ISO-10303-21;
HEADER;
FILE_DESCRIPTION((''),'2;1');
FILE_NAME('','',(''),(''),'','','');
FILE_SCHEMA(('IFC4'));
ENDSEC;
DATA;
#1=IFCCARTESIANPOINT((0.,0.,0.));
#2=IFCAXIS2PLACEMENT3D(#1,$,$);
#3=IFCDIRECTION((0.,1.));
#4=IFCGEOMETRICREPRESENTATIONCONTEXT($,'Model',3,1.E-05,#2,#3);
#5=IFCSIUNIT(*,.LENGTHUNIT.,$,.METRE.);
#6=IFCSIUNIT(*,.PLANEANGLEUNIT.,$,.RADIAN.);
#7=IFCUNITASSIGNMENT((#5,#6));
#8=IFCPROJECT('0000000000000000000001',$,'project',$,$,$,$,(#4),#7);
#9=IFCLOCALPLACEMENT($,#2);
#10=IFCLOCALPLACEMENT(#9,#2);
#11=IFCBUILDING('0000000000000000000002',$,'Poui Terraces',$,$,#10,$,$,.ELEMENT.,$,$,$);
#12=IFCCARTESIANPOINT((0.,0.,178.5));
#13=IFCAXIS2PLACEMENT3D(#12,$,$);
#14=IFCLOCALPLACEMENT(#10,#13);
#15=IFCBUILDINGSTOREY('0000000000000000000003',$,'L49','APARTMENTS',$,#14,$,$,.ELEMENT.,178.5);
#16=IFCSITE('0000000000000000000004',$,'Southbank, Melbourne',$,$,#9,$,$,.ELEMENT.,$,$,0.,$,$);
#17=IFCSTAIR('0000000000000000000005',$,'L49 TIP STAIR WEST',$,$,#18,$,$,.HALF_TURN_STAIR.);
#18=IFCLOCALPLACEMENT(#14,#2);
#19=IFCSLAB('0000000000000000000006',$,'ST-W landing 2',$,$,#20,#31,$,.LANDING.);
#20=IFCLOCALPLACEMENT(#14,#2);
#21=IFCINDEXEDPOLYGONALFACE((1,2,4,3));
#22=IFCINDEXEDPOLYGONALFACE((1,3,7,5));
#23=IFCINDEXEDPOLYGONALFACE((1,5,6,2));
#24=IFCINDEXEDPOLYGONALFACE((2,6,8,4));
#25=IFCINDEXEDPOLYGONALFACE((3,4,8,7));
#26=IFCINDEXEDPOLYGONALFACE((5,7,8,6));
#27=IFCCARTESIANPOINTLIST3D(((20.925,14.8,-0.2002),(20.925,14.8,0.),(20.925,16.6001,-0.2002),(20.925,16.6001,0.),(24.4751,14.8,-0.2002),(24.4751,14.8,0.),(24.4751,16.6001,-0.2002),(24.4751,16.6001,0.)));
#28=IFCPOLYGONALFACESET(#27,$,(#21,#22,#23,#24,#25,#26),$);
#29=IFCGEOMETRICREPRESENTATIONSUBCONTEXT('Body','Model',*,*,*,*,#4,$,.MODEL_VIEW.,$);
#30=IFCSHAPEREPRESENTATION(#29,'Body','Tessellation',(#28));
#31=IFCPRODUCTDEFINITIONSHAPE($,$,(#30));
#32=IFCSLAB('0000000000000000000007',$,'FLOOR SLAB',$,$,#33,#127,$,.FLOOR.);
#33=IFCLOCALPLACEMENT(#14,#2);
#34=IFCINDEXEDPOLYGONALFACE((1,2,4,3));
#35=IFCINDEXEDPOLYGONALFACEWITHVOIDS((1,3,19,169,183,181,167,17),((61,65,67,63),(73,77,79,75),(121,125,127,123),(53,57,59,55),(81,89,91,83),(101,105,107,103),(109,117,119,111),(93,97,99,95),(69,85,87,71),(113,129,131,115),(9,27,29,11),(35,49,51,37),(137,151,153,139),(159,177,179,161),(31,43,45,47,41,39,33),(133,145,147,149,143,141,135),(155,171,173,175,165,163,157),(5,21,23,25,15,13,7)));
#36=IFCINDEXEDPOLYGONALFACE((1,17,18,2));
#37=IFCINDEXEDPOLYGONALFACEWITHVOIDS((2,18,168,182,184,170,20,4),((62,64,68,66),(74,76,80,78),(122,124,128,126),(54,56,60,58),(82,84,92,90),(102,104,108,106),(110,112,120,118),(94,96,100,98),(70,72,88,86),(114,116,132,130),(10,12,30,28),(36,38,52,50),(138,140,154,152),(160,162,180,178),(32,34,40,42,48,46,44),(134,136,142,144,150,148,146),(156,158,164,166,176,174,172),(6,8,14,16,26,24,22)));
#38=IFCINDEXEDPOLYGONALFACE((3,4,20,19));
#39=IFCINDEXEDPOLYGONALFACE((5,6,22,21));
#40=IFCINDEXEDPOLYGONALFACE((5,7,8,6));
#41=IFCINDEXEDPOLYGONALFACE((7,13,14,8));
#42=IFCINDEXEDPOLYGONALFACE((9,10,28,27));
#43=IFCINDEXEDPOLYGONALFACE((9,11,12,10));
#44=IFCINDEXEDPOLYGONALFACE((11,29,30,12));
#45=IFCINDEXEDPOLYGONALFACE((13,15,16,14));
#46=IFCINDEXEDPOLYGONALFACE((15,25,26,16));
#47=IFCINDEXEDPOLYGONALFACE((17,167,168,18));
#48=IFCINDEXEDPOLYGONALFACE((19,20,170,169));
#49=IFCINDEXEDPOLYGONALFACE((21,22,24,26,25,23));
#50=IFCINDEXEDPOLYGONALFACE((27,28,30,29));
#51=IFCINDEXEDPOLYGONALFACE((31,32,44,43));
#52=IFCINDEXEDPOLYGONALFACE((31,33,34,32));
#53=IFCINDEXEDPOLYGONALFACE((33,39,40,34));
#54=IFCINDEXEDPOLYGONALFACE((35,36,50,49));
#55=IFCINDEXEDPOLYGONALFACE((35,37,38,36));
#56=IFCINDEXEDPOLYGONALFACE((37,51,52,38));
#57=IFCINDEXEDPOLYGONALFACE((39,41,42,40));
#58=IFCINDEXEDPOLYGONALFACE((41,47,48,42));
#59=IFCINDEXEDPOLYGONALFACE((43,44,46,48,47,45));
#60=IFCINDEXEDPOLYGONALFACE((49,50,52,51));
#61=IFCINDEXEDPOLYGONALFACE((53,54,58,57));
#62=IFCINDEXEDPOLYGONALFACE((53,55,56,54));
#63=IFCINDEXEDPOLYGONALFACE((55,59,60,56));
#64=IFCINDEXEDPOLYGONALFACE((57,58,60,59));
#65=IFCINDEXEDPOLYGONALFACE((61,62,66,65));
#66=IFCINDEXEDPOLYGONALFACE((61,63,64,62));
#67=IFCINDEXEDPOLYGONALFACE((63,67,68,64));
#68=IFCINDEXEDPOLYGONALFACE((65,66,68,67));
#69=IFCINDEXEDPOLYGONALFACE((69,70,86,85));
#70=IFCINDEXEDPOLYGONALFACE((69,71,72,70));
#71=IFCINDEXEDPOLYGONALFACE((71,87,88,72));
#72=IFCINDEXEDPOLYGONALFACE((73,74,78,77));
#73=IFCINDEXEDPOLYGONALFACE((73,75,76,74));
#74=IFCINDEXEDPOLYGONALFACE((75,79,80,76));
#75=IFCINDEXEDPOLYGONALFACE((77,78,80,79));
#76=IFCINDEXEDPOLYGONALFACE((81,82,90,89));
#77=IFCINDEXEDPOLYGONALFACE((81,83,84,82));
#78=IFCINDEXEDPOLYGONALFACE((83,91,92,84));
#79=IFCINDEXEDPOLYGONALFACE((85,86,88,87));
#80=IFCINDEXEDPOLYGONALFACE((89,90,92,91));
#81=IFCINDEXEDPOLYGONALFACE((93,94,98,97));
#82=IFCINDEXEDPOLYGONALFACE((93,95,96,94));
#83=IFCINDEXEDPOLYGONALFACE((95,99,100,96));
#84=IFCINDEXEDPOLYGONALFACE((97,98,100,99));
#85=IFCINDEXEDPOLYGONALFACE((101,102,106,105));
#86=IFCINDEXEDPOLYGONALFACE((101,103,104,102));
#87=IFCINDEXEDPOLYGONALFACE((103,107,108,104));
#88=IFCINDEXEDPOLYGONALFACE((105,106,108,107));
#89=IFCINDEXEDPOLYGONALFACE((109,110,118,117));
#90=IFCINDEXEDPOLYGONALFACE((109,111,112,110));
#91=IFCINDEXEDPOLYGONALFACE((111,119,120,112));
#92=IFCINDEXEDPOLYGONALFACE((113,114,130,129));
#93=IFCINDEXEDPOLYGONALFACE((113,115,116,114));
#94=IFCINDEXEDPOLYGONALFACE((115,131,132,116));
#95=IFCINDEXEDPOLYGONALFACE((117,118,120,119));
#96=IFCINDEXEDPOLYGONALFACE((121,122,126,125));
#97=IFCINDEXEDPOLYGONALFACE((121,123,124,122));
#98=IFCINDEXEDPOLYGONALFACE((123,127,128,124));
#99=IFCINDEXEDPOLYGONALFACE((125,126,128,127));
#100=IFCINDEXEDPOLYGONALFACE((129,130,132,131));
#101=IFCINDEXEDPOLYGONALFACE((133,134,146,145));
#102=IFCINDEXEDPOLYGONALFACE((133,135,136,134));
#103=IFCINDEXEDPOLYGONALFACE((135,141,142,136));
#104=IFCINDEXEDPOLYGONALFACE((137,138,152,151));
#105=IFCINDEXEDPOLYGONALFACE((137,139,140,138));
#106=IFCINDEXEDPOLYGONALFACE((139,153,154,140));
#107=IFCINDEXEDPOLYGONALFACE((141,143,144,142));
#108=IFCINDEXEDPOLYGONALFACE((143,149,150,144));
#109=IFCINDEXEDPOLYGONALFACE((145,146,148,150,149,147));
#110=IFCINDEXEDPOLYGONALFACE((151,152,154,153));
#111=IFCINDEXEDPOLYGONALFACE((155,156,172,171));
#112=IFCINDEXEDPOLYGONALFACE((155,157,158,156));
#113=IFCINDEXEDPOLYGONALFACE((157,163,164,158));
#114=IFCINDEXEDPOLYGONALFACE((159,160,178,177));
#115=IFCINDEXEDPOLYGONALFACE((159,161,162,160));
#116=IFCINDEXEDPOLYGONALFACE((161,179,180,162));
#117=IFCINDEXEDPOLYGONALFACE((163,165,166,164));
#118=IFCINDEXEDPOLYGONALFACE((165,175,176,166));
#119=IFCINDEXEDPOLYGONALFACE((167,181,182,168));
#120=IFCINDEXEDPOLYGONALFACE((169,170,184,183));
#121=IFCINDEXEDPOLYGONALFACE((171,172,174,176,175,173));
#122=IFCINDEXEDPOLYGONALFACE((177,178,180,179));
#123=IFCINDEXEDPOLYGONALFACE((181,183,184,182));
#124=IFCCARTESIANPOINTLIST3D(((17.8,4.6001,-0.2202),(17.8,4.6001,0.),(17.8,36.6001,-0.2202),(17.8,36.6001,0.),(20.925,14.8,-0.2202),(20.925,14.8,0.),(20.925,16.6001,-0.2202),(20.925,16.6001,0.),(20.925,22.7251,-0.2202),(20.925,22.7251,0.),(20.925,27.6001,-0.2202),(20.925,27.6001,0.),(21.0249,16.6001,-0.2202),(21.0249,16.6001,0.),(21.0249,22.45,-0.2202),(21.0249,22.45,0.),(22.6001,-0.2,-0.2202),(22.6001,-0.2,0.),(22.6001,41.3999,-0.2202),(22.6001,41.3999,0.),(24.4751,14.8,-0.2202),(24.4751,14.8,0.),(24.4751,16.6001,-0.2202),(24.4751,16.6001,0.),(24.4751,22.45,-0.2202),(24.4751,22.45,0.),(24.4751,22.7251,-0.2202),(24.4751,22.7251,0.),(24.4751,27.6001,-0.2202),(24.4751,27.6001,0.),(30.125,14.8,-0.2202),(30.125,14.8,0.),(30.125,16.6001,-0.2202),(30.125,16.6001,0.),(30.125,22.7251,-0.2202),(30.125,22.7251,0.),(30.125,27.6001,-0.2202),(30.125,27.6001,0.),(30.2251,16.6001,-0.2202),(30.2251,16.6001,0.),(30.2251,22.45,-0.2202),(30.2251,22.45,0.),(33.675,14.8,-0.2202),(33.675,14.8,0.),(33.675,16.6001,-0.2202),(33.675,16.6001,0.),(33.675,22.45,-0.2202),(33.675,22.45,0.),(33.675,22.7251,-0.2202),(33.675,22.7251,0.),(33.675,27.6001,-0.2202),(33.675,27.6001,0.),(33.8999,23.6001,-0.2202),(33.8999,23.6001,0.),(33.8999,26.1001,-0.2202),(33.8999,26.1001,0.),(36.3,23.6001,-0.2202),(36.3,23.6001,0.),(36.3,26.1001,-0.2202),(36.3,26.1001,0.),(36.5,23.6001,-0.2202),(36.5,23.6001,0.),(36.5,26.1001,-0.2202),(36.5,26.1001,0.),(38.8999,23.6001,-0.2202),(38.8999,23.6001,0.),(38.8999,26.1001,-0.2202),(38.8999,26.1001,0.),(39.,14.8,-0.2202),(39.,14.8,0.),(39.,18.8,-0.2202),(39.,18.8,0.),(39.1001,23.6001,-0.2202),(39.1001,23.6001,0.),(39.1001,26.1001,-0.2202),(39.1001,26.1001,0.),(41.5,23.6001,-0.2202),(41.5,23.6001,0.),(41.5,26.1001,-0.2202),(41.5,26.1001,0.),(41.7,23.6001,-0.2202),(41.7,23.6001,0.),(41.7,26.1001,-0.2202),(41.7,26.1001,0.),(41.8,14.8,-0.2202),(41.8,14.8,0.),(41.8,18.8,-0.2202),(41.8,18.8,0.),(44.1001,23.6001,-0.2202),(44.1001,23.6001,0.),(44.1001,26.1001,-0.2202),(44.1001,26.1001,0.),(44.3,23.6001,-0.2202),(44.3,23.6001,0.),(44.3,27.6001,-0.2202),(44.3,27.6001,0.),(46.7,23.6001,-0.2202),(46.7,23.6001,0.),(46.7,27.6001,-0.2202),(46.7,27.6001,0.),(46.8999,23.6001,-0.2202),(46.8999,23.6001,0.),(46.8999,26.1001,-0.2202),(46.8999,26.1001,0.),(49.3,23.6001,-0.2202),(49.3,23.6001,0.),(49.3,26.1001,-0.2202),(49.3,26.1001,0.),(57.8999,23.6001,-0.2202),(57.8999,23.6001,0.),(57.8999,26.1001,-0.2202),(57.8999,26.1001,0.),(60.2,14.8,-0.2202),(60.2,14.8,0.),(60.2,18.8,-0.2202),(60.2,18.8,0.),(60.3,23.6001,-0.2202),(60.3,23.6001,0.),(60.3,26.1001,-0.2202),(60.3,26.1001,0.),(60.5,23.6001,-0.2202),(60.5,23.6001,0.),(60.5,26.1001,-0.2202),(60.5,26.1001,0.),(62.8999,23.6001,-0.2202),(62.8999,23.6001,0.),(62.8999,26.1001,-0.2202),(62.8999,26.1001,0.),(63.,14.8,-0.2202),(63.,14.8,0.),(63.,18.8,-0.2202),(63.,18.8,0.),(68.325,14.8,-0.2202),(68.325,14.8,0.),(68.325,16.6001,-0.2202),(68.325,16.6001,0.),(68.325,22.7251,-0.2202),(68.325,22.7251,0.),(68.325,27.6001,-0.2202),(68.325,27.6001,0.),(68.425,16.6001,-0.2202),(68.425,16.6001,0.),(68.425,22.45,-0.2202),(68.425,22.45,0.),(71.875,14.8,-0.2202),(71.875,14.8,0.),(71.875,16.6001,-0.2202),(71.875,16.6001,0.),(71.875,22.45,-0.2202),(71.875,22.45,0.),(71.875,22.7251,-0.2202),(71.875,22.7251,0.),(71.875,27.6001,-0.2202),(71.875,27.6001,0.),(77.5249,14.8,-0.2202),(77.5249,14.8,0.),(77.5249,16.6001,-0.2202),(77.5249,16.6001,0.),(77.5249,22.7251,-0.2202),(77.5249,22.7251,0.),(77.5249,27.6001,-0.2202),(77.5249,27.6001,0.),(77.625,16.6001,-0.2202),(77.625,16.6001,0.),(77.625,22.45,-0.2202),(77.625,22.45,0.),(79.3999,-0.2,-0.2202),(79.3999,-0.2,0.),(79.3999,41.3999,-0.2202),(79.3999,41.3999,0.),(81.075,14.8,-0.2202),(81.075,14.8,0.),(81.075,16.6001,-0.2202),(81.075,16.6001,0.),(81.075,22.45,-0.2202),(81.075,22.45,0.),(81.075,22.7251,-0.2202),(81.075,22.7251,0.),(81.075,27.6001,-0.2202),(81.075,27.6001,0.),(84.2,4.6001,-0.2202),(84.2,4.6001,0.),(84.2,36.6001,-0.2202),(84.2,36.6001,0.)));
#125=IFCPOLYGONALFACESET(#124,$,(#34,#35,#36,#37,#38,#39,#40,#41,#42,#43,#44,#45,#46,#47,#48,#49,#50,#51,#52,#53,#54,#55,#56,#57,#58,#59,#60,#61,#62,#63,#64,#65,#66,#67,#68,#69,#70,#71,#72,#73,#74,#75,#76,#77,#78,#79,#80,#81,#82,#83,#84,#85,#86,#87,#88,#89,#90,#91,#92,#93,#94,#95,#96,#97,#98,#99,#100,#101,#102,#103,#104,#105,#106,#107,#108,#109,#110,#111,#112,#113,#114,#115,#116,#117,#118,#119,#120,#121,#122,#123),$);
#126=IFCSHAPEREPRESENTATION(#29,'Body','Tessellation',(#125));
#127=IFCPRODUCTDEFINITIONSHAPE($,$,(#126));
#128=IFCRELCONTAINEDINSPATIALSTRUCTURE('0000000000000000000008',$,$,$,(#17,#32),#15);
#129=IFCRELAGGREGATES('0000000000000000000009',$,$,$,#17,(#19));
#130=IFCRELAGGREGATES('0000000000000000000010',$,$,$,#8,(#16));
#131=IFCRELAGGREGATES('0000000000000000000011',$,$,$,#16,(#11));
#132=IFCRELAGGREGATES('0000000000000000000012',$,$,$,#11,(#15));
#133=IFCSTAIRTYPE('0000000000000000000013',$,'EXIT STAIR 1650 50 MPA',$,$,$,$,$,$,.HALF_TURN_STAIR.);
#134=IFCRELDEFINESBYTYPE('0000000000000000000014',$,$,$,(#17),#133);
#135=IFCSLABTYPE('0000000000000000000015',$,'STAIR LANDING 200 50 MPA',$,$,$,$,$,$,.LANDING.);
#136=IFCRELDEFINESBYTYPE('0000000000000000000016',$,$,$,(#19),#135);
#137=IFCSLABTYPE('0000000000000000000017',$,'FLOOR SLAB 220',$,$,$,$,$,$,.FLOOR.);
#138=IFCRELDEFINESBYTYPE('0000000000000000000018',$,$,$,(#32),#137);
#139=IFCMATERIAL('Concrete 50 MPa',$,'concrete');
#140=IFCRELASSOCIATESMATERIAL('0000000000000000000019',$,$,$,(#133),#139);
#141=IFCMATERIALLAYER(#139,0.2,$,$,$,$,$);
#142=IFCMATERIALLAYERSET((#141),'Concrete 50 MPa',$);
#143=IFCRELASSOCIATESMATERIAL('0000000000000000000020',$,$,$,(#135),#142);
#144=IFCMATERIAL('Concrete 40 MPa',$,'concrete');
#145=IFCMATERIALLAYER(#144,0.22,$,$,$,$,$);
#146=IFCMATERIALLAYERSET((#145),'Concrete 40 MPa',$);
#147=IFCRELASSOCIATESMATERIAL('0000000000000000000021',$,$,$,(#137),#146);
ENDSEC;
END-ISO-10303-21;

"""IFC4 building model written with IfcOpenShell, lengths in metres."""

from ifc_helpers import new_model, si_unit, direction, frame, origin, place, context, subcontext, project, spatial, polyline, outline, extrude, source, transform, mapped, material, layer, layer_set, type_object, element, aggregate, save


model = new_model("IFC4")

# Units and contexts
model_context = context("Model", 3, precision=1e-05, world=origin(), true_north=direction((0.0, 1.0)))
body_context = subcontext(model_context, "Body", "Model", "MODEL_VIEW")
ifc_project = project(units=[si_unit("LENGTHUNIT", "METRE"), si_unit("PLANEANGLEUNIT", "RADIAN")], contexts=[model_context])

# Site, building, storey
site_placement = place(None, origin())
site = spatial("IfcSite", under=ifc_project, at=site_placement, Name="Southbank, Melbourne", CompositionType="ELEMENT", RefElevation=0.0)
building_placement = place(site_placement, origin())
building = spatial("IfcBuilding", under=site, at=building_placement, Name="Poui Terraces", CompositionType="ELEMENT")
storey_placement = place(building_placement, frame((0.0, 0.0, 178.5)))
storey = spatial("IfcBuildingStorey", under=building, at=storey_placement, Name="L49", Description="APARTMENTS", CompositionType="ELEMENT", Elevation=178.5)

# Stair, slab
ifc_material_1 = material(Name="Concrete 50 MPa", Category="concrete")
stair_type = type_object("IfcStairType", Name="EXIT STAIR 1650 50 MPA", PredefinedType="HALF_TURN_STAIR", material=ifc_material_1)
stair_placement = place(storey_placement, origin())
stair = element("IfcStair", 1, at=stair_placement, inside=storey, type_object=stair_type, Name="L49 TIP STAIR WEST", PredefinedType="HALF_TURN_STAIR")
ifc_layer_1 = layer(ifc_material_1, 0.2)
ifc_layer_set_1 = layer_set([ifc_layer_1], Name="Concrete 50 MPa")
slab_type_1 = type_object("IfcSlabType", Name="STAIR LANDING 200 50 MPA", PredefinedType="LANDING", material=ifc_layer_set_1)
slab_1_placement = place(storey_placement, frame((0.0, 0.0, -0.2002)))
slab_1 = element("IfcSlab", 2, at=slab_1_placement, type_object=slab_type_1, Name="ST-W landing 2", PredefinedType="LANDING", context=body_context, shape_type="SweptSolid", body=[
    extrude(outline(polyline([(20.925, 14.8), (24.4751, 14.8), (24.4751, 16.6001), (20.925, 16.6001), (20.925, 14.8)])), origin(), (0.0, 0.0, 1.0), 0.2002),
])
aggregate(stair, [slab_1])

# Slab
ifc_material_2 = material(Name="Concrete 40 MPa", Category="concrete")
ifc_layer_2 = layer(ifc_material_2, 0.22)
ifc_layer_set_2 = layer_set([ifc_layer_2], Name="Concrete 40 MPa")
slab_type_2 = type_object("IfcSlabType", Name="FLOOR SLAB 220", PredefinedType="FLOOR", material=ifc_layer_set_2)
shared_shape = source(origin(), body_context, "Body", "SweptSolid", [
    extrude(outline(polyline([(0.0, 0.0), (4.8, -4.8), (61.5999, -4.8), (66.3999, 0.0), (66.3999, 32.0), (61.5999, 36.7998), (4.8, 36.7998), (0.0, 32.0), (0.0, 0.0)]), holes=[polyline([(21.2, 10.2), (21.2, 14.2), (24.0, 14.2), (24.0, 10.2), (21.2, 10.2)]), polyline([(3.2249, 17.8499), (6.675, 17.8499), (6.675, 12.0), (6.675, 10.2), (3.125, 10.2), (3.125, 12.0), (3.2249, 12.0), (3.2249, 17.8499)]), polyline([(12.425, 17.8499), (15.875, 17.8499), (15.875, 12.0), (15.875, 10.2), (12.325, 10.2), (12.325, 12.0), (12.425, 12.0), (12.425, 17.8499)]), polyline([(16.0999, 19.0), (16.0999, 21.5), (18.5, 21.5), (18.5, 19.0), (16.0999, 19.0)]), polyline([(18.7, 19.0), (18.7, 21.5), (21.0999, 21.5), (21.0999, 19.0), (18.7, 19.0)]), polyline([(21.3, 19.0), (21.3, 21.5), (23.7, 21.5), (23.7, 19.0), (21.3, 19.0)]), polyline([(23.8999, 19.0), (23.8999, 21.5), (26.3, 21.5), (26.3, 19.0), (23.8999, 19.0)]), polyline([(3.125, 23.0), (6.675, 23.0), (6.675, 18.125), (3.125, 18.125), (3.125, 23.0)]), polyline([(12.325, 23.0), (15.875, 23.0), (15.875, 18.125), (12.325, 18.125), (12.325, 23.0)]), polyline([(42.3999, 10.2), (42.3999, 14.2), (45.2, 14.2), (45.2, 10.2), (42.3999, 10.2)]), polyline([(50.625, 17.8499), (54.075, 17.8499), (54.075, 12.0), (54.075, 10.2), (50.5249, 10.2), (50.5249, 12.0), (50.625, 12.0), (50.625, 17.8499)]), polyline([(59.825, 17.8499), (63.2749, 17.8499), (63.2749, 12.0), (63.2749, 10.2), (59.7249, 10.2), (59.7249, 12.0), (59.825, 12.0), (59.825, 17.8499)]), polyline([(29.0999, 19.0), (29.0999, 21.5), (31.5, 21.5), (31.5, 19.0), (29.0999, 19.0)]), polyline([(40.0999, 19.0), (40.0999, 21.5), (42.5, 21.5), (42.5, 19.0), (40.0999, 19.0)]), polyline([(42.7, 19.0), (42.7, 21.5), (45.0999, 21.5), (45.0999, 19.0), (42.7, 19.0)]), polyline([(50.5249, 18.125), (50.5249, 23.0), (54.075, 23.0), (54.075, 18.125), (50.5249, 18.125)]), polyline([(59.7249, 23.0), (63.2749, 23.0), (63.2749, 18.125), (59.7249, 18.125), (59.7249, 23.0)]), polyline([(26.5, 23.0), (28.8999, 23.0), (28.8999, 19.0), (26.5, 19.0), (26.5, 23.0)])]), origin(), (0.0, 0.0, 1.0), 0.2202),
])
slab_2_placement = place(storey_placement, frame((17.8, 4.6001, -0.2202)))
element("IfcSlab", 3, at=slab_2_placement, inside=storey, type_object=slab_type_2, Name="FLOOR SLAB", PredefinedType="FLOOR", context=body_context, shape_type="MappedRepresentation", body=[
    mapped(shared_shape, transform((0.0, 0.0, 0.0))),
])

save(model, "model.ifc")
